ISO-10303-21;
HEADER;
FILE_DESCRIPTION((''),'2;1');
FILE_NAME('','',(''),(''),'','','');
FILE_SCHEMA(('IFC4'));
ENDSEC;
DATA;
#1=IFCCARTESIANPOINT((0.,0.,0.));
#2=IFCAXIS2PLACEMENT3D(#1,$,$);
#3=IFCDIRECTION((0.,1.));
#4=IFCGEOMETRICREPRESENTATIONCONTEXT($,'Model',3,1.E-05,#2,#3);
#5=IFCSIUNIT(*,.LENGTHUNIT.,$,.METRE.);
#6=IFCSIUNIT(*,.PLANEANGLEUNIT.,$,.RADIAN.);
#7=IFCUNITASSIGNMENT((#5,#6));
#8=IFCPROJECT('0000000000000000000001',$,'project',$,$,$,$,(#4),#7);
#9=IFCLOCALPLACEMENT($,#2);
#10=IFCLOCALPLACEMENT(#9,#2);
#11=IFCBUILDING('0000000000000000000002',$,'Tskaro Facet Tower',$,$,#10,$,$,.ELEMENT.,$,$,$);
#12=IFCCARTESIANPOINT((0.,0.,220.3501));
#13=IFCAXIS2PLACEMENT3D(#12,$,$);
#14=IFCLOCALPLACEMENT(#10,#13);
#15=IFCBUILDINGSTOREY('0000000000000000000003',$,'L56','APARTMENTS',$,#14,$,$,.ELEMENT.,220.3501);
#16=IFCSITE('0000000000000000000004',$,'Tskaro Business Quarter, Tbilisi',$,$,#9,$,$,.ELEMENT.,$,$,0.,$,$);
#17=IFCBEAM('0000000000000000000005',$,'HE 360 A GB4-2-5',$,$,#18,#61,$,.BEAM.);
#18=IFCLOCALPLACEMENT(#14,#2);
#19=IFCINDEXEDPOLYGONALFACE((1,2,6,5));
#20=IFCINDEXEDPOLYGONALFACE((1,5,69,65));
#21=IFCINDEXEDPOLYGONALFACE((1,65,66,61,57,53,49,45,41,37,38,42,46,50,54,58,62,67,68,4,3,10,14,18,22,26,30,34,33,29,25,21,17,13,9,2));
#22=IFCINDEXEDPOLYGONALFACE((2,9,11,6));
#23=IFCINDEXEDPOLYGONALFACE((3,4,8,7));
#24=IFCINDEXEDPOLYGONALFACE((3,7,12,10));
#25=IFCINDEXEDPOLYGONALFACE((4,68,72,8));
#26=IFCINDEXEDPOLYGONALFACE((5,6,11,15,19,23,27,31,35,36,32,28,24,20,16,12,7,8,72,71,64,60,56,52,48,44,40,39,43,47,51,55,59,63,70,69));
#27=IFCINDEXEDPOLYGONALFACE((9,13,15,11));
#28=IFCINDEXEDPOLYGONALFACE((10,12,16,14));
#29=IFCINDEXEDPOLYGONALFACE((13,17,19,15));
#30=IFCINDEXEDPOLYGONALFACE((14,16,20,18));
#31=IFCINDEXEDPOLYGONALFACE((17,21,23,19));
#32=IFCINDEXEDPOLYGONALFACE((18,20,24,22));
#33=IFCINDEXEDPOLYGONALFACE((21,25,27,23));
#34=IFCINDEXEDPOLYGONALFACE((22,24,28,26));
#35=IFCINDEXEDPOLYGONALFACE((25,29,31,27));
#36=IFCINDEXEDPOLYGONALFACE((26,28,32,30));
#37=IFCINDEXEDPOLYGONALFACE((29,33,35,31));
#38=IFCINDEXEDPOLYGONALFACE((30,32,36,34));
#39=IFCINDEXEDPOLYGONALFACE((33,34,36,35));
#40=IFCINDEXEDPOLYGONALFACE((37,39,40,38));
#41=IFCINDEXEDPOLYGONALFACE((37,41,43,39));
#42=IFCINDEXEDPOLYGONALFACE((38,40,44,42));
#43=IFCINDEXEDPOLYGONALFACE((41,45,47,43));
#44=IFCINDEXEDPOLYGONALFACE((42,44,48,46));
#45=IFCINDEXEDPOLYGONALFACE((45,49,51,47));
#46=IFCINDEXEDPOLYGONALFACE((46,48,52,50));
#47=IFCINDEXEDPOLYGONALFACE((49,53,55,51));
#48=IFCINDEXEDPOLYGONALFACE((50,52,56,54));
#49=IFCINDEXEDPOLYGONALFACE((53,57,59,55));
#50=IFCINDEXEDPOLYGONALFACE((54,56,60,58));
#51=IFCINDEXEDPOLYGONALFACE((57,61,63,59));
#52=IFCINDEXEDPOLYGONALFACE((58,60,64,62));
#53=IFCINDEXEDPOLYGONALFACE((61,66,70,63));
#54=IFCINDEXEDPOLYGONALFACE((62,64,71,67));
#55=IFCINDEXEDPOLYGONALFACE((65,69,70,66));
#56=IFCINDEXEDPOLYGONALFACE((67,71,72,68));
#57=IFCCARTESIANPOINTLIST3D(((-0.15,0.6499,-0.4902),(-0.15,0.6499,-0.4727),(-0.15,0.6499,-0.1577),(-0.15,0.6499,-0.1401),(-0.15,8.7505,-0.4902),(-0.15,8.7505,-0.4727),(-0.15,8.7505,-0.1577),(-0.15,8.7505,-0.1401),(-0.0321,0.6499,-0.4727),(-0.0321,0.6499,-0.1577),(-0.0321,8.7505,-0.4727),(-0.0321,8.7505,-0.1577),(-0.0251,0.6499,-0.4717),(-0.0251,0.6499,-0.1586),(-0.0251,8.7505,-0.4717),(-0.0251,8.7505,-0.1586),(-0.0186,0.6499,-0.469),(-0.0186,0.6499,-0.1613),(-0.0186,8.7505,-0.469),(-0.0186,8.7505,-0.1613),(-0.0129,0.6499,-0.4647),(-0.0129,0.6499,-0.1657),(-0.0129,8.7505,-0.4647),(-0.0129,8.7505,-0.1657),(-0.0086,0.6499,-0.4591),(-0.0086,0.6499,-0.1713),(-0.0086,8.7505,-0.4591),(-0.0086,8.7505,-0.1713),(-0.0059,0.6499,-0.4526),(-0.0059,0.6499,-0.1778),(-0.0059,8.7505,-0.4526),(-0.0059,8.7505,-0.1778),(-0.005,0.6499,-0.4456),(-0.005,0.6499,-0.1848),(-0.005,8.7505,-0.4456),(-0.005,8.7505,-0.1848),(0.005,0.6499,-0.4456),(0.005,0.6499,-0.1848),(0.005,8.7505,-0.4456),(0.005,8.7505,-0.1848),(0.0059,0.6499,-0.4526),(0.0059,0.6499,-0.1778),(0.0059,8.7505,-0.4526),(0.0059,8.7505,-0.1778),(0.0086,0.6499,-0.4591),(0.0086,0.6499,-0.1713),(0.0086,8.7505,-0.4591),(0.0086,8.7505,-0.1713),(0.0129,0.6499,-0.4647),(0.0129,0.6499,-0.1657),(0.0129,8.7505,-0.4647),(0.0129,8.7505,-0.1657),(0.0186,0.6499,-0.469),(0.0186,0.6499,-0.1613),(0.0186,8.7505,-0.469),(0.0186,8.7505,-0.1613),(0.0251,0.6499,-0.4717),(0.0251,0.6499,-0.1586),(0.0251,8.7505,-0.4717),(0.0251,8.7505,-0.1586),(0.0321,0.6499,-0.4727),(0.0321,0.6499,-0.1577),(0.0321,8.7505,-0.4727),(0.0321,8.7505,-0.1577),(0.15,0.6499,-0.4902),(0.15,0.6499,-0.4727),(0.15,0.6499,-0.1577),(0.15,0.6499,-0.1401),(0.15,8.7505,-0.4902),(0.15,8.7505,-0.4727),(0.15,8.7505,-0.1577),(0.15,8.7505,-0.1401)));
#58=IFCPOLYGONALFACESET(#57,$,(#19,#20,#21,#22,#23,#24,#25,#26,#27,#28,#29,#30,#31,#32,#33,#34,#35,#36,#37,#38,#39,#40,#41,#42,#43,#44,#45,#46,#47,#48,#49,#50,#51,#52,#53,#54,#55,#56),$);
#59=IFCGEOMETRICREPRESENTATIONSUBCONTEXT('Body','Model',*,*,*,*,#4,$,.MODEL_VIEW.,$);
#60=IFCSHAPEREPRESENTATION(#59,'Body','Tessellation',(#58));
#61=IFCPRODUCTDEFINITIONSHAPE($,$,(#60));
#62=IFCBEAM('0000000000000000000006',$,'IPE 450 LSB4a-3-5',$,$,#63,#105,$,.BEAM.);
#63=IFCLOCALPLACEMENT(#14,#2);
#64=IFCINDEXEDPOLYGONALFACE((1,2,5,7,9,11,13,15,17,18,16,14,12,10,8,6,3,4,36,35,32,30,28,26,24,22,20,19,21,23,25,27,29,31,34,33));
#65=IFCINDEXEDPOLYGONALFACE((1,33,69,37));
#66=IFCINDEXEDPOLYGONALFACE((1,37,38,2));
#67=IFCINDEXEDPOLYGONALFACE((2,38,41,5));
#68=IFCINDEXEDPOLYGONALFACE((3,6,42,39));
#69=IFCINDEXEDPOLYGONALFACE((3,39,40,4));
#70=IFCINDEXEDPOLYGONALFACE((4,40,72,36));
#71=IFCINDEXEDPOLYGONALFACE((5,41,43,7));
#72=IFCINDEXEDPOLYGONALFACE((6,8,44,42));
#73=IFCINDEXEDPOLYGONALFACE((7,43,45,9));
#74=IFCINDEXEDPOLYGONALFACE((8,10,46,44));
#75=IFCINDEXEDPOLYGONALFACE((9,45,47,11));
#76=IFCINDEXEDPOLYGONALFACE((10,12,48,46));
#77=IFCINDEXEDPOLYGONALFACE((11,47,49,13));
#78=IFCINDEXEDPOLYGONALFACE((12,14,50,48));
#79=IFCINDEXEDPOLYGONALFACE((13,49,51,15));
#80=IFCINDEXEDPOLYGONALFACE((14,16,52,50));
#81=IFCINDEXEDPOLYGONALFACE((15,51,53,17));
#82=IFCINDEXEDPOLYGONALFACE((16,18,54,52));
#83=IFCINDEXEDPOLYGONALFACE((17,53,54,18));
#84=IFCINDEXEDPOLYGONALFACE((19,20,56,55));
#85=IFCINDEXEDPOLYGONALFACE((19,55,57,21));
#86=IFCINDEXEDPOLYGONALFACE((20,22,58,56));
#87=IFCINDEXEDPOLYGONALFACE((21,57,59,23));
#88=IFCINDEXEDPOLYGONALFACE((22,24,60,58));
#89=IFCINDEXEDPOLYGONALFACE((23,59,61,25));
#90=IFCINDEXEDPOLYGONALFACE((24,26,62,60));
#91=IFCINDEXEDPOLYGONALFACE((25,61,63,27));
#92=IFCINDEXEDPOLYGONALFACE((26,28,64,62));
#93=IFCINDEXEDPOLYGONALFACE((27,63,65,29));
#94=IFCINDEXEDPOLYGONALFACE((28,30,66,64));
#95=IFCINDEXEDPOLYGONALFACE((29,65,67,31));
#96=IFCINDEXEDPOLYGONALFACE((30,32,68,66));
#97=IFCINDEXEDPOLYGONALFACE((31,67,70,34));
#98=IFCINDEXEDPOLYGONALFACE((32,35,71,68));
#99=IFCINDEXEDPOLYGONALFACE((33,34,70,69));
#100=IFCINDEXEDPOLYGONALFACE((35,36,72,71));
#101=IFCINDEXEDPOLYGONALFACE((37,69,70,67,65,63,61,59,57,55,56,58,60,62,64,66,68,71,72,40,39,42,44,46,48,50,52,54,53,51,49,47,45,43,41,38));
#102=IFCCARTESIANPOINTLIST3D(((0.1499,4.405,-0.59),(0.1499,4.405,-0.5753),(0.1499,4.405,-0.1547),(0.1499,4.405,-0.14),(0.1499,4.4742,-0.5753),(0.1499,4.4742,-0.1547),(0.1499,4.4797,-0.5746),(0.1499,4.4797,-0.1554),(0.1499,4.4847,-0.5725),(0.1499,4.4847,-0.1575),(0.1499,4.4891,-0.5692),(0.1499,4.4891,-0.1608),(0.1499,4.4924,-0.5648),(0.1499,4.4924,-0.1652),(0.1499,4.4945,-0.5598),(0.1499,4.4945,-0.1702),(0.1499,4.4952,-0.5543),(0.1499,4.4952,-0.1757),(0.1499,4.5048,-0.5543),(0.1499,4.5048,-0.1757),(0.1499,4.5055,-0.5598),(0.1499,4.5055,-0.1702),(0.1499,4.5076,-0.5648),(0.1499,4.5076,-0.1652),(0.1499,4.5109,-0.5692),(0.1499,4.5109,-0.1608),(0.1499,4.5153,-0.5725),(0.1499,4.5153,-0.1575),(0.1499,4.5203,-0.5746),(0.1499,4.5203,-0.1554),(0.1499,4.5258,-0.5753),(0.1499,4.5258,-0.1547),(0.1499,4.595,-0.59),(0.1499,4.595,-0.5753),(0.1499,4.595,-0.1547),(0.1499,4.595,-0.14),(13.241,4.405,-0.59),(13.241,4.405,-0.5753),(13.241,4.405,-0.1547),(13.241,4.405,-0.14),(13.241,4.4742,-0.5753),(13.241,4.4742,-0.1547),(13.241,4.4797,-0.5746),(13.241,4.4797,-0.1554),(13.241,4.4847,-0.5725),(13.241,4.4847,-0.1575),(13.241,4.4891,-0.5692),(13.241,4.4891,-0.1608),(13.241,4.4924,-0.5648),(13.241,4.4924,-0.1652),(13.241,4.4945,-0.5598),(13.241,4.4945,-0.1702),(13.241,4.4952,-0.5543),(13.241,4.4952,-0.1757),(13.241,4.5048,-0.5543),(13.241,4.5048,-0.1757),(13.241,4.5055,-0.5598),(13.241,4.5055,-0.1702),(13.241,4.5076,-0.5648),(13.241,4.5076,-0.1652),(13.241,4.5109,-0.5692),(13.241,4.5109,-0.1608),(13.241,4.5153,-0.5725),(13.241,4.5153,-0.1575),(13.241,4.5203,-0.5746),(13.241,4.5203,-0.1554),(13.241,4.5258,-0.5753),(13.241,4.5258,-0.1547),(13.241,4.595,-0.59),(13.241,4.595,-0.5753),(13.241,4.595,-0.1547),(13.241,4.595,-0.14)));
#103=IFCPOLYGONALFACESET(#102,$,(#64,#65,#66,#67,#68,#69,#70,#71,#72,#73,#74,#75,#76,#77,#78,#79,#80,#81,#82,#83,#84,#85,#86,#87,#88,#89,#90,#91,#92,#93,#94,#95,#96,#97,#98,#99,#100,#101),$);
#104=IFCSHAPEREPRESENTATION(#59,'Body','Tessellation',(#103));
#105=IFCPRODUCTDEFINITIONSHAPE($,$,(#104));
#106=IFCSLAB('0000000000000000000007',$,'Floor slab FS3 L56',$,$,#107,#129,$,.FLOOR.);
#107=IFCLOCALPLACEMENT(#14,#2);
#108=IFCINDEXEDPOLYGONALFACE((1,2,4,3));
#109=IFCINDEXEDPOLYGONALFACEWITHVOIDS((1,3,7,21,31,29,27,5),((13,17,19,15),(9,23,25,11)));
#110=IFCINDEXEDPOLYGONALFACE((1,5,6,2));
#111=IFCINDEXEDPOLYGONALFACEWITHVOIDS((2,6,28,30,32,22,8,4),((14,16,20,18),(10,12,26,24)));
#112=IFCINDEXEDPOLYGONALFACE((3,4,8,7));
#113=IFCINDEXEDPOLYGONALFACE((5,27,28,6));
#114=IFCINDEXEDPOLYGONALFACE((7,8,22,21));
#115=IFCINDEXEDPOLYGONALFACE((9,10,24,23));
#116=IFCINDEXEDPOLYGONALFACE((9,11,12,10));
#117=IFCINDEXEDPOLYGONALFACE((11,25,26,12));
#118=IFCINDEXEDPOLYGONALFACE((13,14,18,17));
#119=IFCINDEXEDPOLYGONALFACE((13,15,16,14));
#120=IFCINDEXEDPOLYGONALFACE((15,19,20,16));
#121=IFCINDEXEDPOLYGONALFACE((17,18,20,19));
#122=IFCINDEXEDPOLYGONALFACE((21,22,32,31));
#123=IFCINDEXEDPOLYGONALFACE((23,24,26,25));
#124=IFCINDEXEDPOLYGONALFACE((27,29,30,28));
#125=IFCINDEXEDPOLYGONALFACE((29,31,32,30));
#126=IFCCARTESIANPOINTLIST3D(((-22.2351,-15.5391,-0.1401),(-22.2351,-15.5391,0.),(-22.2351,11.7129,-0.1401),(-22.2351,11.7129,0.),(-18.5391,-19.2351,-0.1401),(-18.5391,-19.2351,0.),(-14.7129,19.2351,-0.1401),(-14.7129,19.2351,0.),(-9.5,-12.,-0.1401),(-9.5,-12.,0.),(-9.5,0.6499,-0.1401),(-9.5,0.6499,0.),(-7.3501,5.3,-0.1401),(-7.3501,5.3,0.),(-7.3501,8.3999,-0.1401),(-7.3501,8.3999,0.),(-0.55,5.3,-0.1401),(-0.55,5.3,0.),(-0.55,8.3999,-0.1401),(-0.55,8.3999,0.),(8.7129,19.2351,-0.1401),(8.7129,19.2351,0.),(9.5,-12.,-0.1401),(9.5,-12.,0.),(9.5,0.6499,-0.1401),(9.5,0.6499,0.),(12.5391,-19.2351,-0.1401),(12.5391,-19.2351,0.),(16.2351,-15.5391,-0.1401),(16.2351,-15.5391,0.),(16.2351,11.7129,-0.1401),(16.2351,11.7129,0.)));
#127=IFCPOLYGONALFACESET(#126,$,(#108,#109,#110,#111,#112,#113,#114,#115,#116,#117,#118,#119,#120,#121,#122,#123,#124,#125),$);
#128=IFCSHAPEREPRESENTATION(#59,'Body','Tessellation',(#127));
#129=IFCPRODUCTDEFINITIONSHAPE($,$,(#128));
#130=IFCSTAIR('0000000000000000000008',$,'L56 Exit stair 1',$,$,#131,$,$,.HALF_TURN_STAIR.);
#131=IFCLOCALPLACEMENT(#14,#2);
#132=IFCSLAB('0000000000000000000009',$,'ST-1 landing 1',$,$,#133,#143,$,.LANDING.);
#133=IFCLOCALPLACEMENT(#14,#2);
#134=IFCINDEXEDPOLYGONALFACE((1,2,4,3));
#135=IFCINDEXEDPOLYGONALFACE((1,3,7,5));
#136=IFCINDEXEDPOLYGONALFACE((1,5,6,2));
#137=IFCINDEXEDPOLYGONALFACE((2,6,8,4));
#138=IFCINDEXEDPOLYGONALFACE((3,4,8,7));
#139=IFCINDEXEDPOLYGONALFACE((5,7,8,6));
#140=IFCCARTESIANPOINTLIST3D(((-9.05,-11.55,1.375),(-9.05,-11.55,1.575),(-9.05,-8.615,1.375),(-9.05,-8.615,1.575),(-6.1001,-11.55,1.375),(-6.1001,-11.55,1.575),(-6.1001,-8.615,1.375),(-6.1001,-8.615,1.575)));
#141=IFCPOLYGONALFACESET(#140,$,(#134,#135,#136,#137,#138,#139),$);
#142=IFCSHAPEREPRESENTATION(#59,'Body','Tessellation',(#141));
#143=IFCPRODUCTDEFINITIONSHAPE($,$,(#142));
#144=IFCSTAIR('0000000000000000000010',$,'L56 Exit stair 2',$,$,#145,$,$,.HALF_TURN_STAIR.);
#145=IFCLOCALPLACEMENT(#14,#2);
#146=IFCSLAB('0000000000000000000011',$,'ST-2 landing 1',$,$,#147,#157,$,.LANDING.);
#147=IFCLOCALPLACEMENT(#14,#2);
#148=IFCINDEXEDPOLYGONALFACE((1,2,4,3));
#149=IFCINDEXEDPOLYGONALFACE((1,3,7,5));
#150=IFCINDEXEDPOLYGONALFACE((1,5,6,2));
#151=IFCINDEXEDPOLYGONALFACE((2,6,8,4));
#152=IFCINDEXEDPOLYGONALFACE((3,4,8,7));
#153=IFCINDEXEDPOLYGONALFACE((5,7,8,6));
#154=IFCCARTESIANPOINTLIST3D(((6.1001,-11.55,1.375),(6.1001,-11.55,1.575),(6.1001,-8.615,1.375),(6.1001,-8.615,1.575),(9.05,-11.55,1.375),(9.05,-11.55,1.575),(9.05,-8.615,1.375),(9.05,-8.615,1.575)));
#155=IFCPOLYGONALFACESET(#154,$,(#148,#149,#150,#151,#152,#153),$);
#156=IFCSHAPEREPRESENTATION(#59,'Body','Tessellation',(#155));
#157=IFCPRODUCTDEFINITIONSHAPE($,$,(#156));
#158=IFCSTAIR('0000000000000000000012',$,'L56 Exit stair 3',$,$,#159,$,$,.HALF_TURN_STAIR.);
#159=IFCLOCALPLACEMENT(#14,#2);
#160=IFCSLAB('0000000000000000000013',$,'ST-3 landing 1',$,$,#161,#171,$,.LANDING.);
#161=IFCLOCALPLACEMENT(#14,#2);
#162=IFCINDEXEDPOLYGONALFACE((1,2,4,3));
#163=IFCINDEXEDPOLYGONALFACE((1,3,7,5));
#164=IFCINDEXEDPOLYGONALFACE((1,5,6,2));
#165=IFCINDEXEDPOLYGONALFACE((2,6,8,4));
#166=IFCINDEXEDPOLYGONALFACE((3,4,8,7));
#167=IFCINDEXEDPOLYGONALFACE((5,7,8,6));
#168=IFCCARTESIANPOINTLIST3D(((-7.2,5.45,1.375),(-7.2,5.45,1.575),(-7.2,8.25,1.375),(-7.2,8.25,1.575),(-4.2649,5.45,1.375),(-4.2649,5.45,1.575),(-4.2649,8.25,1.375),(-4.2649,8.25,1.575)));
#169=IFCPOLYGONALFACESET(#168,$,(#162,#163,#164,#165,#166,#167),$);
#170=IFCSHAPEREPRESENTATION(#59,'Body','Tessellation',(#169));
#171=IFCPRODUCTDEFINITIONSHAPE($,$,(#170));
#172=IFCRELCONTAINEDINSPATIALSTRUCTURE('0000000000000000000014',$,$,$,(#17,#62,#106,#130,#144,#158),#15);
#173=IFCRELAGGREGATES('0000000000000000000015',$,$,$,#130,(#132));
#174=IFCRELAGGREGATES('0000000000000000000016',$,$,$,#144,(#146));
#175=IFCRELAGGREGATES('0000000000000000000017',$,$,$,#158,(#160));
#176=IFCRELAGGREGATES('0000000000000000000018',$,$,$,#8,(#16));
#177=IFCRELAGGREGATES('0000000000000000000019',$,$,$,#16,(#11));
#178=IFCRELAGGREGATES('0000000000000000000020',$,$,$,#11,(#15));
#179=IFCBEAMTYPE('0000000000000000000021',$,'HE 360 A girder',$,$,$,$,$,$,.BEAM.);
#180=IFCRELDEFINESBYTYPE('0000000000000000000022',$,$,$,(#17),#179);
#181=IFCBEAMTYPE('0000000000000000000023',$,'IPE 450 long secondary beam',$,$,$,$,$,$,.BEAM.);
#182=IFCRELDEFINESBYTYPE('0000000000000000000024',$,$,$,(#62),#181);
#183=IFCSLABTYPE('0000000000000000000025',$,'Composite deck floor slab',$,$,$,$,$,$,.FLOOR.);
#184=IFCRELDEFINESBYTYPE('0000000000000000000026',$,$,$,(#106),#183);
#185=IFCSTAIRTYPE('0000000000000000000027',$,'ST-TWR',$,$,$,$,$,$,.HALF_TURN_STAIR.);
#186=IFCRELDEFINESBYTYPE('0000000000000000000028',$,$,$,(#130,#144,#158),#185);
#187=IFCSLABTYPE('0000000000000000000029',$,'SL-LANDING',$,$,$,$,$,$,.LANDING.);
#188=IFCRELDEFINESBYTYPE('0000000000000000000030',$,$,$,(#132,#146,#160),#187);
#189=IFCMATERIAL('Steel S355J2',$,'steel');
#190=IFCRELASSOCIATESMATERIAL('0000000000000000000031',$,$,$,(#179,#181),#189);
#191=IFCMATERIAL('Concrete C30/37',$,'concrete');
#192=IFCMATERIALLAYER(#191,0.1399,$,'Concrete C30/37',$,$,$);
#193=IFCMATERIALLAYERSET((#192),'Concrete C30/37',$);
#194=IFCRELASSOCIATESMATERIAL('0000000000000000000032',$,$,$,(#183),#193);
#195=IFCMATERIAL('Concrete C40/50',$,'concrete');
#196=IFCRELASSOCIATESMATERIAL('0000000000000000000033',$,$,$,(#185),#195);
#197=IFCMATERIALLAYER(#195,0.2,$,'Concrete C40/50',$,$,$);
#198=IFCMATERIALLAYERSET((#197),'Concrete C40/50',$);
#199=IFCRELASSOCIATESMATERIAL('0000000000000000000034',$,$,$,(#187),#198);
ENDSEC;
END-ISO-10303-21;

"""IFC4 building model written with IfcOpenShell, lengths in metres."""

from ifc_helpers import new_model, si_unit, direction, frame, origin, origin_2d, place, context, subcontext, project, spatial, polyline, i_section, outline, extrude, material, layer, layer_set, material_profile, profile_set, type_object, element, aggregate, save


model = new_model("IFC4")

# Units and contexts
model_context = context("Model", 3, precision=1e-05, world=origin(), true_north=direction((0.0, 1.0)))
body_context = subcontext(model_context, "Body", "Model", "MODEL_VIEW")
ifc_project = project(units=[si_unit("LENGTHUNIT", "METRE"), si_unit("PLANEANGLEUNIT", "RADIAN")], contexts=[model_context])

# Site, building, storey
site_placement = place(None, origin())
site = spatial("IfcSite", under=ifc_project, at=site_placement, Name="Tskaro Business Quarter, Tbilisi", CompositionType="ELEMENT", RefElevation=0.0)
building_placement = place(site_placement, origin())
building = spatial("IfcBuilding", under=site, at=building_placement, Name="Tskaro Facet Tower", CompositionType="ELEMENT")
storey_placement = place(building_placement, frame((0.0, 0.0, 220.3501)))
storey = spatial("IfcBuildingStorey", under=building, at=storey_placement, Name="L56", Description="APARTMENTS", CompositionType="ELEMENT", Elevation=220.3501)

# Beams
ifc_material_1 = material(Name="Steel S355J2", Category="steel")
ifc_material_profile_1 = material_profile(ifc_material_1, i_section(OverallWidth=0.3, OverallDepth=0.3501, WebThickness=0.01, FlangeThickness=0.0176, FilletRadius=0.0271, at=origin_2d()), Name="HE 360 A")
ifc_profile_set_1 = profile_set([ifc_material_profile_1], Name="Steel S355J2")
beam_type_1 = type_object("IfcBeamType", Name="HE 360 A girder", PredefinedType="BEAM", material=ifc_profile_set_1)
beam_1_placement = place(storey_placement, frame((0.0, 0.6499, -0.3152), z_axis=(0.0, 1.0, 0.0), x_axis=(-1.0, 0.0, 0.0)))
element("IfcBeam", 1, at=beam_1_placement, inside=storey, type_object=beam_type_1, Name="HE 360 A GB4-2-5", PredefinedType="BEAM", context=body_context, shape_type="SweptSolid", body=[
    extrude(i_section(OverallWidth=0.3, OverallDepth=0.3501, WebThickness=0.01, FlangeThickness=0.0176, FilletRadius=0.0271, at=origin_2d()), origin(), (0.0, 0.0, 1.0), 8.1006),
])
ifc_material_profile_2 = material_profile(ifc_material_1, i_section(OverallWidth=0.1899, OverallDepth=0.45, WebThickness=0.0095, FlangeThickness=0.0146, FilletRadius=0.021, at=origin_2d()), Name="IPE 450")
ifc_profile_set_2 = profile_set([ifc_material_profile_2], Name="Steel S355J2")
beam_type_2 = type_object("IfcBeamType", Name="IPE 450 long secondary beam", PredefinedType="BEAM", material=ifc_profile_set_2)
beam_2_placement = place(storey_placement, frame((0.1499, 4.5, -0.365), z_axis=(1.0, 0.0, 0.0), x_axis=(0.0, 1.0, 0.0)))
element("IfcBeam", 2, at=beam_2_placement, inside=storey, type_object=beam_type_2, Name="IPE 450 LSB4a-3-5", PredefinedType="BEAM", context=body_context, shape_type="SweptSolid", body=[
    extrude(i_section(OverallWidth=0.1899, OverallDepth=0.45, WebThickness=0.0095, FlangeThickness=0.0146, FilletRadius=0.021, at=origin_2d()), origin(), (0.0, 0.0, 1.0), 13.0911),
])

# Slab
ifc_material_2 = material(Name="Concrete C30/37", Category="concrete")
ifc_layer_1 = layer(ifc_material_2, 0.1399, Name="Concrete C30/37")
ifc_layer_set_1 = layer_set([ifc_layer_1], Name="Concrete C30/37")
slab_type_1 = type_object("IfcSlabType", Name="Composite deck floor slab", PredefinedType="FLOOR", material=ifc_layer_set_1)
slab_1_placement = place(storey_placement, frame((0.0, 0.0, -0.1401)))
element("IfcSlab", 3, at=slab_1_placement, inside=storey, type_object=slab_type_1, Name="Floor slab FS3 L56", PredefinedType="FLOOR", context=body_context, shape_type="SweptSolid", body=[
    extrude(outline(polyline([(-18.5391, -19.2351), (12.5391, -19.2351), (16.2351, -15.5391), (16.2351, 11.7129), (8.7129, 19.2351), (-14.7129, 19.2351), (-22.2351, 11.7129), (-22.2351, -15.5391), (-18.5391, -19.2351)]), holes=[polyline([(-9.5, -12.0), (9.5, -12.0), (9.5, 0.6499), (-9.5, 0.6499), (-9.5, -12.0)]), polyline([(-7.3501, 5.3), (-0.55, 5.3), (-0.55, 8.3999), (-7.3501, 8.3999), (-7.3501, 5.3)])]), origin(), (0.0, 0.0, 1.0), 0.1401),
])

# Stairs, slabs
ifc_material_3 = material(Name="Concrete C40/50", Category="concrete")
stair_type = type_object("IfcStairType", Name="ST-TWR", PredefinedType="HALF_TURN_STAIR", material=ifc_material_3)
stair_1_placement = place(storey_placement, origin())
stair_1 = element("IfcStair", 4, at=stair_1_placement, inside=storey, type_object=stair_type, Name="L56 Exit stair 1", PredefinedType="HALF_TURN_STAIR")
ifc_layer_2 = layer(ifc_material_3, 0.2, Name="Concrete C40/50")
ifc_layer_set_2 = layer_set([ifc_layer_2], Name="Concrete C40/50")
slab_type_2 = type_object("IfcSlabType", Name="SL-LANDING", PredefinedType="LANDING", material=ifc_layer_set_2)
slab_2_placement = place(storey_placement, frame((0.0, 0.0, 1.375)))
slab_2 = element("IfcSlab", 5, at=slab_2_placement, type_object=slab_type_2, Name="ST-1 landing 1", PredefinedType="LANDING", context=body_context, shape_type="SweptSolid", body=[
    extrude(outline(polyline([(-9.05, -11.55), (-6.1001, -11.55), (-6.1001, -8.615), (-9.05, -8.615), (-9.05, -11.55)])), origin(), (0.0, 0.0, 1.0), 0.2),
])
aggregate(stair_1, [slab_2])
stair_2_placement = place(storey_placement, origin())
stair_2 = element("IfcStair", 6, at=stair_2_placement, inside=storey, type_object=stair_type, Name="L56 Exit stair 2", PredefinedType="HALF_TURN_STAIR")
slab_3_placement = place(storey_placement, frame((0.0, 0.0, 1.375)))
slab_3 = element("IfcSlab", 7, at=slab_3_placement, type_object=slab_type_2, Name="ST-2 landing 1", PredefinedType="LANDING", context=body_context, shape_type="SweptSolid", body=[
    extrude(outline(polyline([(6.1001, -11.55), (9.05, -11.55), (9.05, -8.615), (6.1001, -8.615), (6.1001, -11.55)])), origin(), (0.0, 0.0, 1.0), 0.2),
])
aggregate(stair_2, [slab_3])
stair_3_placement = place(storey_placement, origin())
stair_3 = element("IfcStair", 8, at=stair_3_placement, inside=storey, type_object=stair_type, Name="L56 Exit stair 3", PredefinedType="HALF_TURN_STAIR")
slab_4_placement = place(storey_placement, frame((0.0, 0.0, 1.375)))
slab_4 = element("IfcSlab", 9, at=slab_4_placement, type_object=slab_type_2, Name="ST-3 landing 1", PredefinedType="LANDING", context=body_context, shape_type="SweptSolid", body=[
    extrude(outline(polyline([(-7.2, 5.45), (-4.2649, 5.45), (-4.2649, 8.25), (-7.2, 8.25), (-7.2, 5.45)])), origin(), (0.0, 0.0, 1.0), 0.2),
])

aggregate(stair_3, [slab_4])

save(model, "model.ifc")
